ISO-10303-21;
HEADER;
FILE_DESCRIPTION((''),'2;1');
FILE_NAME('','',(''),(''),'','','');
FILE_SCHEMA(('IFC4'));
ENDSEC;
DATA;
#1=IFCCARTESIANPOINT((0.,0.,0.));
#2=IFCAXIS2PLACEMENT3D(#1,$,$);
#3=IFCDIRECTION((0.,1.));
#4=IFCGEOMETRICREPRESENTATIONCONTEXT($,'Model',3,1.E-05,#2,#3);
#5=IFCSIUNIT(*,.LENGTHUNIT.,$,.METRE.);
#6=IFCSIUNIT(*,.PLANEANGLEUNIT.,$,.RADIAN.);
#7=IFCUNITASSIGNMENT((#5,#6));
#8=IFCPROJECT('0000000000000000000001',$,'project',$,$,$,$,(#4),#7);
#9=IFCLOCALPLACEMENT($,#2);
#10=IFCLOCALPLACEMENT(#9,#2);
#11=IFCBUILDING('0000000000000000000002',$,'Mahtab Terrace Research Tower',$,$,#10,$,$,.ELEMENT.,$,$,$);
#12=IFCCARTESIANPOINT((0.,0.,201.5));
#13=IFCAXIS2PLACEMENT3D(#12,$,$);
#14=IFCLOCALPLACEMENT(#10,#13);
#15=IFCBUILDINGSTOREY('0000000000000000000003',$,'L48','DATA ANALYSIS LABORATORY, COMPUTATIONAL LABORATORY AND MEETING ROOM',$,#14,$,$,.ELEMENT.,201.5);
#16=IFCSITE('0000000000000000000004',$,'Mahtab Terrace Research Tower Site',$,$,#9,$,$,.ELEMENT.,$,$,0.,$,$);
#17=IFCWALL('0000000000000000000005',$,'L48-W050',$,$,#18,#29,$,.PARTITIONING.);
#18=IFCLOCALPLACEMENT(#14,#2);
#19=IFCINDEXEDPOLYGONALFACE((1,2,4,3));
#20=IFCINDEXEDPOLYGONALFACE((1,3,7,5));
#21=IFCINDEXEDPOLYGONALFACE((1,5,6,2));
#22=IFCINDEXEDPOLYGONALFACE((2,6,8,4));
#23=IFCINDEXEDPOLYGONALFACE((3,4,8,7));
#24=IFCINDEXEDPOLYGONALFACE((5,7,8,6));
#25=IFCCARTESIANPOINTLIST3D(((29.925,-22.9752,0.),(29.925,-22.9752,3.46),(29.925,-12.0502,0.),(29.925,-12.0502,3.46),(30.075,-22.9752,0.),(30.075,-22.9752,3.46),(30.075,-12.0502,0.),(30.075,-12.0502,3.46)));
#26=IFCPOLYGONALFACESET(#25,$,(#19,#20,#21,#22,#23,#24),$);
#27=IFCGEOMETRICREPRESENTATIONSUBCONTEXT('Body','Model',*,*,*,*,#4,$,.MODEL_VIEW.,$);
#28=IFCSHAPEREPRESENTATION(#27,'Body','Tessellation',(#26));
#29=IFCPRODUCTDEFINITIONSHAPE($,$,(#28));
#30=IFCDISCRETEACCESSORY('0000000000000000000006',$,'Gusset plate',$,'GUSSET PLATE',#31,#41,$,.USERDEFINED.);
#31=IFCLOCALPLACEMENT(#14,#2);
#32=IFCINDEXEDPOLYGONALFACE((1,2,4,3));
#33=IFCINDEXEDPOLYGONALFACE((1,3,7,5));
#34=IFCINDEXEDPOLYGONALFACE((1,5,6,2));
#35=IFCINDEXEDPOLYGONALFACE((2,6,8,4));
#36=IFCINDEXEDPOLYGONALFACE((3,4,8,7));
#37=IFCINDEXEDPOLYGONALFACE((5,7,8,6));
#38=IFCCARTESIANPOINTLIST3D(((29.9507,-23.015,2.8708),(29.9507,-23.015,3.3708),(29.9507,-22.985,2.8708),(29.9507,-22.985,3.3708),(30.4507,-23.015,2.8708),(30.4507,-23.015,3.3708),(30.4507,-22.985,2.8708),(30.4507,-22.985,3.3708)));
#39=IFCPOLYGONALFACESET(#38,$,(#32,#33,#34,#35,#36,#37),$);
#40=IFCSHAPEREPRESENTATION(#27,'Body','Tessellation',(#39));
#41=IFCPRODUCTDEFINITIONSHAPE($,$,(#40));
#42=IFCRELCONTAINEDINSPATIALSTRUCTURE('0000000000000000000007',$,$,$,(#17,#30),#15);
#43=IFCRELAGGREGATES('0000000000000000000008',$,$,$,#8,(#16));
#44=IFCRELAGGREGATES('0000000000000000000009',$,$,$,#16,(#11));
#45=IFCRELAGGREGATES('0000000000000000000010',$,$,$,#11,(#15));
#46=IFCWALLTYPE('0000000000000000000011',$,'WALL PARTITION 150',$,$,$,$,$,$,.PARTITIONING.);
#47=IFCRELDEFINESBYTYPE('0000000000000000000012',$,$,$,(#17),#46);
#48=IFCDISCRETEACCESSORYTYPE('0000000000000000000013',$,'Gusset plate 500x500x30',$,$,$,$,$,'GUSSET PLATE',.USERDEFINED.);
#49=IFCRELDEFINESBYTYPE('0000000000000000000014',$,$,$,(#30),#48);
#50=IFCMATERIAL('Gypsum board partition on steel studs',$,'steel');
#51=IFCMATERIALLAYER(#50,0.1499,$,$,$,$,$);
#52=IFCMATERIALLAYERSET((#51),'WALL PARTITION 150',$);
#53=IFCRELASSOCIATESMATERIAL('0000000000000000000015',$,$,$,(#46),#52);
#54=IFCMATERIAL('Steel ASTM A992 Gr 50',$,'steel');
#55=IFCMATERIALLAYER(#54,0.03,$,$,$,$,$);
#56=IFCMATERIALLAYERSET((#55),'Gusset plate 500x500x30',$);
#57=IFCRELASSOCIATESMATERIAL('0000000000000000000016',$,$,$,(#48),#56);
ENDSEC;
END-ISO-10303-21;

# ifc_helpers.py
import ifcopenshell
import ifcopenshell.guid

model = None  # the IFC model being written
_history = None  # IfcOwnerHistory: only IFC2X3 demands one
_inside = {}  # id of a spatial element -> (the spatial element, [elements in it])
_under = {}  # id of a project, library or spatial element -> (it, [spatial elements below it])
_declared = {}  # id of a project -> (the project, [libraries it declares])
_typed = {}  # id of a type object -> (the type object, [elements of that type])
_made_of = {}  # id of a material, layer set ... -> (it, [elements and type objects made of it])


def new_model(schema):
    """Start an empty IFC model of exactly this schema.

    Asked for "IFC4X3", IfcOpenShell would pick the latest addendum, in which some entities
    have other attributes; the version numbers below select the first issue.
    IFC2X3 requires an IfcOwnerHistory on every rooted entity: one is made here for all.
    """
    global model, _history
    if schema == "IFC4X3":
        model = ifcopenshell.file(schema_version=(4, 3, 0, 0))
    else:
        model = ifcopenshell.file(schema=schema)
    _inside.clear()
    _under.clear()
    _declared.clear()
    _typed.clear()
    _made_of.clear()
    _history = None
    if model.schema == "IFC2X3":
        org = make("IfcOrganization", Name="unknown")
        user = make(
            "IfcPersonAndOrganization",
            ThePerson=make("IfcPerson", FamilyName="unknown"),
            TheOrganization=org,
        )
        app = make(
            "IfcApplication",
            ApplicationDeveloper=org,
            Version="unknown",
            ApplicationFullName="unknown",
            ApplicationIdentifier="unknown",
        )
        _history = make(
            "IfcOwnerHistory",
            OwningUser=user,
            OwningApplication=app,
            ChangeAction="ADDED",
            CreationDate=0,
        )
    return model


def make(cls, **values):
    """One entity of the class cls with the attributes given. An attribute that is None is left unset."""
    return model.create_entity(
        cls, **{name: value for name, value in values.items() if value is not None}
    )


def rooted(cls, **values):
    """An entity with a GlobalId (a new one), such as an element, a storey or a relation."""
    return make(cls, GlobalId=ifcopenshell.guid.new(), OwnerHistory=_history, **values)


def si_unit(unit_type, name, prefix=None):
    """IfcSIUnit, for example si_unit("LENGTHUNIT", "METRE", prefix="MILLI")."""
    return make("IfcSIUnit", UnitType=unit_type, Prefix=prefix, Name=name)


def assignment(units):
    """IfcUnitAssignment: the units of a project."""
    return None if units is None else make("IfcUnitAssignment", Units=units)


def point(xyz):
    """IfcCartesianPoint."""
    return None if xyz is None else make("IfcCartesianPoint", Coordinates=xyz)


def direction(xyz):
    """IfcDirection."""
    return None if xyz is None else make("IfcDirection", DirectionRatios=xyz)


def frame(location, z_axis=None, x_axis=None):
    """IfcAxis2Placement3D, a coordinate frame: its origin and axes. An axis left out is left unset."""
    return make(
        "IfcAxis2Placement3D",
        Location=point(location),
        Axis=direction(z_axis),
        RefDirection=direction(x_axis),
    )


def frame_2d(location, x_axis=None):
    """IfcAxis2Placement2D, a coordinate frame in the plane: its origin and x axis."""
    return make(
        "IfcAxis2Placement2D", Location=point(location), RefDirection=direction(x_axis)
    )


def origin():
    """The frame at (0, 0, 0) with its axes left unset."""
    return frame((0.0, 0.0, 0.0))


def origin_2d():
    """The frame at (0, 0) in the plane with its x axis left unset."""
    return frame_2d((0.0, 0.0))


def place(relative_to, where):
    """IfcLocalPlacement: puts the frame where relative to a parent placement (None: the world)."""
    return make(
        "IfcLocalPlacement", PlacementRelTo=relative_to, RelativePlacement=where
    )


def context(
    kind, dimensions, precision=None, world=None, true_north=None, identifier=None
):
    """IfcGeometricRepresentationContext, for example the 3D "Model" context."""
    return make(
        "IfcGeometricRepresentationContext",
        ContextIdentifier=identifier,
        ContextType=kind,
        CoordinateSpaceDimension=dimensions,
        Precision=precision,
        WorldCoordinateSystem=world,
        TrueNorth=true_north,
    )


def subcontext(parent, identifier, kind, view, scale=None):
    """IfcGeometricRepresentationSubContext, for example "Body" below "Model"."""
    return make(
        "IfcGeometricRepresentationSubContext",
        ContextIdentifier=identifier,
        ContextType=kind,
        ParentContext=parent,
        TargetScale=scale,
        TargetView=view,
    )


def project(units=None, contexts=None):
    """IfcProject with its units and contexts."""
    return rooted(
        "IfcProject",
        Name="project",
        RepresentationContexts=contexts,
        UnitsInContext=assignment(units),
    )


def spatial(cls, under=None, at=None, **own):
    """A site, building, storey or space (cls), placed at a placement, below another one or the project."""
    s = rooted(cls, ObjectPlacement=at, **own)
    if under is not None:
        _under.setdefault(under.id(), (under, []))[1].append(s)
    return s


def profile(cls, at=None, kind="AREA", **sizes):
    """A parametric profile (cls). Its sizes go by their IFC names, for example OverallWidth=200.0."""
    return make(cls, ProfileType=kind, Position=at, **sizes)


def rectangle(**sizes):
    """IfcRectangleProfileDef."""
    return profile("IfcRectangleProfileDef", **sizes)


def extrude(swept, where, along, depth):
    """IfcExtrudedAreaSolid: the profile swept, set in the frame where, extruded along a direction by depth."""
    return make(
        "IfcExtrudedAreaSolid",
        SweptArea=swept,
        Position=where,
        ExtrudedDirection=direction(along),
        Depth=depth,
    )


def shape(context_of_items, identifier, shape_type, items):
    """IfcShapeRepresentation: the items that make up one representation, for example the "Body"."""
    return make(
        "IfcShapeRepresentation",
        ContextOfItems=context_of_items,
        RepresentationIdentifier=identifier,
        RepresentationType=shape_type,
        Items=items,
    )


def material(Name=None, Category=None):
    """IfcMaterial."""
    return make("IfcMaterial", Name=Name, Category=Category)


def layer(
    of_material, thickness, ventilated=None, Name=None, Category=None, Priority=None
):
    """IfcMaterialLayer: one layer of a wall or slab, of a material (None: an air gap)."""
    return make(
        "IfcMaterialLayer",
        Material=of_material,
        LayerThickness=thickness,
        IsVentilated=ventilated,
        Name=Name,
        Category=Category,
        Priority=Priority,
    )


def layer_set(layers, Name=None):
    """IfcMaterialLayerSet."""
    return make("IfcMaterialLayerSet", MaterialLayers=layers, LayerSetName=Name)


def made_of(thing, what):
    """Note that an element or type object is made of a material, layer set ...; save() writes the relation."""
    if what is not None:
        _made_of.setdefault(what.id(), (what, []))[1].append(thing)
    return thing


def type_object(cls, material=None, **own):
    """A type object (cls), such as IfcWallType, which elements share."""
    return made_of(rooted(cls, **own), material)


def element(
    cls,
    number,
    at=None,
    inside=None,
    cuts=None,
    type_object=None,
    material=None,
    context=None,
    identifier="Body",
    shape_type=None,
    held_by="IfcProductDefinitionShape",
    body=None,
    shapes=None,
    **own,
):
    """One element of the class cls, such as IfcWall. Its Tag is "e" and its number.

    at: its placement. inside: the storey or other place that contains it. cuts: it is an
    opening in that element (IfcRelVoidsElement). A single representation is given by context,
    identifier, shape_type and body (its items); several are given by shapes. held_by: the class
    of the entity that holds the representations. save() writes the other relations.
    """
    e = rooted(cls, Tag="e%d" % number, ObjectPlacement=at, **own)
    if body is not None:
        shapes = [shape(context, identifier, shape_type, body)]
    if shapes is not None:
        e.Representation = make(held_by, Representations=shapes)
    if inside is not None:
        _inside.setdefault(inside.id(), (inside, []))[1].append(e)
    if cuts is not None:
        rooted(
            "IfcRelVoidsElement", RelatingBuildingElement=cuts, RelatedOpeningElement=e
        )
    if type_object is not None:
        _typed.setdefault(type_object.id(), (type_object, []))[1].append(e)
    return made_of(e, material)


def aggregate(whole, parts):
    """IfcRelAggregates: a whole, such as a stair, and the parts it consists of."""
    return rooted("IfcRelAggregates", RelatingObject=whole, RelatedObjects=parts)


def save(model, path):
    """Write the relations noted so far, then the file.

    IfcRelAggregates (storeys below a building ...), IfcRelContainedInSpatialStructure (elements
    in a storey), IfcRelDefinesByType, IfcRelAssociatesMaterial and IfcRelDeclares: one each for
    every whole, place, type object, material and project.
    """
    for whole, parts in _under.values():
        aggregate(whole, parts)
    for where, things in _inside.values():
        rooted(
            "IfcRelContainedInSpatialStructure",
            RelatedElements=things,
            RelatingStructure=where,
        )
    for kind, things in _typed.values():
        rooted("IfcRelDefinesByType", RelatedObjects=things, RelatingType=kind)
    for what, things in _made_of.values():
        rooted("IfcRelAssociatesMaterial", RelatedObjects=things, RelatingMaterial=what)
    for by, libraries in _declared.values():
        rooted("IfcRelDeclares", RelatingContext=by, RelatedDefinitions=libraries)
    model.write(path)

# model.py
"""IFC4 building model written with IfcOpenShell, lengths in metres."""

from ifc_helpers import new_model, si_unit, direction, frame, frame_2d, origin, origin_2d, place, context, subcontext, project, spatial, rectangle, extrude, material, layer, layer_set, type_object, element, save


model = new_model("IFC4")

# Units and contexts
model_context = context("Model", 3, precision=1e-05, world=origin(), true_north=direction((0.0, 1.0)))
body_context = subcontext(model_context, "Body", "Model", "MODEL_VIEW")
ifc_project = project(units=[si_unit("LENGTHUNIT", "METRE"), si_unit("PLANEANGLEUNIT", "RADIAN")], contexts=[model_context])

# Site, building, storey
site_placement = place(None, origin())
site = spatial("IfcSite", under=ifc_project, at=site_placement, Name="Mahtab Terrace Research Tower Site", CompositionType="ELEMENT", RefElevation=0.0)
building_placement = place(site_placement, origin())
building = spatial("IfcBuilding", under=site, at=building_placement, Name="Mahtab Terrace Research Tower", CompositionType="ELEMENT")
storey_placement = place(building_placement, frame((0.0, 0.0, 201.5)))
storey = spatial("IfcBuildingStorey", under=building, at=storey_placement, Name="L48", Description="DATA ANALYSIS LABORATORY, COMPUTATIONAL LABORATORY AND MEETING ROOM", CompositionType="ELEMENT", Elevation=201.5)

# Shared definitions
ifc_material_1 = material(Name="Steel ASTM A992 Gr 50", Category="steel")

# Wall
ifc_material_2 = material(Name="Gypsum board partition on steel studs", Category="steel")
ifc_layer_1 = layer(ifc_material_2, 0.1499)
ifc_layer_set_1 = layer_set([ifc_layer_1], Name="WALL PARTITION 150")
wall_type_1 = type_object("IfcWallType", Name="WALL PARTITION 150", PredefinedType="PARTITIONING", material=ifc_layer_set_1)
wall_1_placement = place(storey_placement, frame((30.0, -22.9751, 0.0), z_axis=(0.0, 0.0, 1.0), x_axis=(0.0, 1.0, 0.0)))
element("IfcWall", 1, at=wall_1_placement, inside=storey, type_object=wall_type_1, Name="L48-W050", PredefinedType="PARTITIONING", context=body_context, shape_type="SweptSolid", body=[
    extrude(rectangle(XDim=10.925, YDim=0.1499, at=frame_2d((5.4624, 0.0))), origin(), (0.0, 0.0, 1.0), 3.46),
])

# Discrete accessory
ifc_layer_2 = layer(ifc_material_1, 0.03)
ifc_layer_set_2 = layer_set([ifc_layer_2], Name="Gusset plate 500x500x30")
discrete_accessory_type = type_object("IfcDiscreteAccessoryType", Name="Gusset plate 500x500x30", ElementType="GUSSET PLATE", PredefinedType="USERDEFINED", material=ifc_layer_set_2)
discrete_accessory_placement = place(storey_placement, frame((30.2007, -23.0, 2.8708), z_axis=(0.0, 0.0, 1.0), x_axis=(1.0, 0.0, 0.0)))
element("IfcDiscreteAccessory", 2, at=discrete_accessory_placement, inside=storey, type_object=discrete_accessory_type, Name="Gusset plate", ObjectType="GUSSET PLATE", PredefinedType="USERDEFINED", context=body_context, shape_type="SweptSolid", body=[
    extrude(rectangle(XDim=0.5, YDim=0.03, at=origin_2d()), origin(), (0.0, 0.0, 1.0), 0.5),
])

save(model, "model.ifc")
